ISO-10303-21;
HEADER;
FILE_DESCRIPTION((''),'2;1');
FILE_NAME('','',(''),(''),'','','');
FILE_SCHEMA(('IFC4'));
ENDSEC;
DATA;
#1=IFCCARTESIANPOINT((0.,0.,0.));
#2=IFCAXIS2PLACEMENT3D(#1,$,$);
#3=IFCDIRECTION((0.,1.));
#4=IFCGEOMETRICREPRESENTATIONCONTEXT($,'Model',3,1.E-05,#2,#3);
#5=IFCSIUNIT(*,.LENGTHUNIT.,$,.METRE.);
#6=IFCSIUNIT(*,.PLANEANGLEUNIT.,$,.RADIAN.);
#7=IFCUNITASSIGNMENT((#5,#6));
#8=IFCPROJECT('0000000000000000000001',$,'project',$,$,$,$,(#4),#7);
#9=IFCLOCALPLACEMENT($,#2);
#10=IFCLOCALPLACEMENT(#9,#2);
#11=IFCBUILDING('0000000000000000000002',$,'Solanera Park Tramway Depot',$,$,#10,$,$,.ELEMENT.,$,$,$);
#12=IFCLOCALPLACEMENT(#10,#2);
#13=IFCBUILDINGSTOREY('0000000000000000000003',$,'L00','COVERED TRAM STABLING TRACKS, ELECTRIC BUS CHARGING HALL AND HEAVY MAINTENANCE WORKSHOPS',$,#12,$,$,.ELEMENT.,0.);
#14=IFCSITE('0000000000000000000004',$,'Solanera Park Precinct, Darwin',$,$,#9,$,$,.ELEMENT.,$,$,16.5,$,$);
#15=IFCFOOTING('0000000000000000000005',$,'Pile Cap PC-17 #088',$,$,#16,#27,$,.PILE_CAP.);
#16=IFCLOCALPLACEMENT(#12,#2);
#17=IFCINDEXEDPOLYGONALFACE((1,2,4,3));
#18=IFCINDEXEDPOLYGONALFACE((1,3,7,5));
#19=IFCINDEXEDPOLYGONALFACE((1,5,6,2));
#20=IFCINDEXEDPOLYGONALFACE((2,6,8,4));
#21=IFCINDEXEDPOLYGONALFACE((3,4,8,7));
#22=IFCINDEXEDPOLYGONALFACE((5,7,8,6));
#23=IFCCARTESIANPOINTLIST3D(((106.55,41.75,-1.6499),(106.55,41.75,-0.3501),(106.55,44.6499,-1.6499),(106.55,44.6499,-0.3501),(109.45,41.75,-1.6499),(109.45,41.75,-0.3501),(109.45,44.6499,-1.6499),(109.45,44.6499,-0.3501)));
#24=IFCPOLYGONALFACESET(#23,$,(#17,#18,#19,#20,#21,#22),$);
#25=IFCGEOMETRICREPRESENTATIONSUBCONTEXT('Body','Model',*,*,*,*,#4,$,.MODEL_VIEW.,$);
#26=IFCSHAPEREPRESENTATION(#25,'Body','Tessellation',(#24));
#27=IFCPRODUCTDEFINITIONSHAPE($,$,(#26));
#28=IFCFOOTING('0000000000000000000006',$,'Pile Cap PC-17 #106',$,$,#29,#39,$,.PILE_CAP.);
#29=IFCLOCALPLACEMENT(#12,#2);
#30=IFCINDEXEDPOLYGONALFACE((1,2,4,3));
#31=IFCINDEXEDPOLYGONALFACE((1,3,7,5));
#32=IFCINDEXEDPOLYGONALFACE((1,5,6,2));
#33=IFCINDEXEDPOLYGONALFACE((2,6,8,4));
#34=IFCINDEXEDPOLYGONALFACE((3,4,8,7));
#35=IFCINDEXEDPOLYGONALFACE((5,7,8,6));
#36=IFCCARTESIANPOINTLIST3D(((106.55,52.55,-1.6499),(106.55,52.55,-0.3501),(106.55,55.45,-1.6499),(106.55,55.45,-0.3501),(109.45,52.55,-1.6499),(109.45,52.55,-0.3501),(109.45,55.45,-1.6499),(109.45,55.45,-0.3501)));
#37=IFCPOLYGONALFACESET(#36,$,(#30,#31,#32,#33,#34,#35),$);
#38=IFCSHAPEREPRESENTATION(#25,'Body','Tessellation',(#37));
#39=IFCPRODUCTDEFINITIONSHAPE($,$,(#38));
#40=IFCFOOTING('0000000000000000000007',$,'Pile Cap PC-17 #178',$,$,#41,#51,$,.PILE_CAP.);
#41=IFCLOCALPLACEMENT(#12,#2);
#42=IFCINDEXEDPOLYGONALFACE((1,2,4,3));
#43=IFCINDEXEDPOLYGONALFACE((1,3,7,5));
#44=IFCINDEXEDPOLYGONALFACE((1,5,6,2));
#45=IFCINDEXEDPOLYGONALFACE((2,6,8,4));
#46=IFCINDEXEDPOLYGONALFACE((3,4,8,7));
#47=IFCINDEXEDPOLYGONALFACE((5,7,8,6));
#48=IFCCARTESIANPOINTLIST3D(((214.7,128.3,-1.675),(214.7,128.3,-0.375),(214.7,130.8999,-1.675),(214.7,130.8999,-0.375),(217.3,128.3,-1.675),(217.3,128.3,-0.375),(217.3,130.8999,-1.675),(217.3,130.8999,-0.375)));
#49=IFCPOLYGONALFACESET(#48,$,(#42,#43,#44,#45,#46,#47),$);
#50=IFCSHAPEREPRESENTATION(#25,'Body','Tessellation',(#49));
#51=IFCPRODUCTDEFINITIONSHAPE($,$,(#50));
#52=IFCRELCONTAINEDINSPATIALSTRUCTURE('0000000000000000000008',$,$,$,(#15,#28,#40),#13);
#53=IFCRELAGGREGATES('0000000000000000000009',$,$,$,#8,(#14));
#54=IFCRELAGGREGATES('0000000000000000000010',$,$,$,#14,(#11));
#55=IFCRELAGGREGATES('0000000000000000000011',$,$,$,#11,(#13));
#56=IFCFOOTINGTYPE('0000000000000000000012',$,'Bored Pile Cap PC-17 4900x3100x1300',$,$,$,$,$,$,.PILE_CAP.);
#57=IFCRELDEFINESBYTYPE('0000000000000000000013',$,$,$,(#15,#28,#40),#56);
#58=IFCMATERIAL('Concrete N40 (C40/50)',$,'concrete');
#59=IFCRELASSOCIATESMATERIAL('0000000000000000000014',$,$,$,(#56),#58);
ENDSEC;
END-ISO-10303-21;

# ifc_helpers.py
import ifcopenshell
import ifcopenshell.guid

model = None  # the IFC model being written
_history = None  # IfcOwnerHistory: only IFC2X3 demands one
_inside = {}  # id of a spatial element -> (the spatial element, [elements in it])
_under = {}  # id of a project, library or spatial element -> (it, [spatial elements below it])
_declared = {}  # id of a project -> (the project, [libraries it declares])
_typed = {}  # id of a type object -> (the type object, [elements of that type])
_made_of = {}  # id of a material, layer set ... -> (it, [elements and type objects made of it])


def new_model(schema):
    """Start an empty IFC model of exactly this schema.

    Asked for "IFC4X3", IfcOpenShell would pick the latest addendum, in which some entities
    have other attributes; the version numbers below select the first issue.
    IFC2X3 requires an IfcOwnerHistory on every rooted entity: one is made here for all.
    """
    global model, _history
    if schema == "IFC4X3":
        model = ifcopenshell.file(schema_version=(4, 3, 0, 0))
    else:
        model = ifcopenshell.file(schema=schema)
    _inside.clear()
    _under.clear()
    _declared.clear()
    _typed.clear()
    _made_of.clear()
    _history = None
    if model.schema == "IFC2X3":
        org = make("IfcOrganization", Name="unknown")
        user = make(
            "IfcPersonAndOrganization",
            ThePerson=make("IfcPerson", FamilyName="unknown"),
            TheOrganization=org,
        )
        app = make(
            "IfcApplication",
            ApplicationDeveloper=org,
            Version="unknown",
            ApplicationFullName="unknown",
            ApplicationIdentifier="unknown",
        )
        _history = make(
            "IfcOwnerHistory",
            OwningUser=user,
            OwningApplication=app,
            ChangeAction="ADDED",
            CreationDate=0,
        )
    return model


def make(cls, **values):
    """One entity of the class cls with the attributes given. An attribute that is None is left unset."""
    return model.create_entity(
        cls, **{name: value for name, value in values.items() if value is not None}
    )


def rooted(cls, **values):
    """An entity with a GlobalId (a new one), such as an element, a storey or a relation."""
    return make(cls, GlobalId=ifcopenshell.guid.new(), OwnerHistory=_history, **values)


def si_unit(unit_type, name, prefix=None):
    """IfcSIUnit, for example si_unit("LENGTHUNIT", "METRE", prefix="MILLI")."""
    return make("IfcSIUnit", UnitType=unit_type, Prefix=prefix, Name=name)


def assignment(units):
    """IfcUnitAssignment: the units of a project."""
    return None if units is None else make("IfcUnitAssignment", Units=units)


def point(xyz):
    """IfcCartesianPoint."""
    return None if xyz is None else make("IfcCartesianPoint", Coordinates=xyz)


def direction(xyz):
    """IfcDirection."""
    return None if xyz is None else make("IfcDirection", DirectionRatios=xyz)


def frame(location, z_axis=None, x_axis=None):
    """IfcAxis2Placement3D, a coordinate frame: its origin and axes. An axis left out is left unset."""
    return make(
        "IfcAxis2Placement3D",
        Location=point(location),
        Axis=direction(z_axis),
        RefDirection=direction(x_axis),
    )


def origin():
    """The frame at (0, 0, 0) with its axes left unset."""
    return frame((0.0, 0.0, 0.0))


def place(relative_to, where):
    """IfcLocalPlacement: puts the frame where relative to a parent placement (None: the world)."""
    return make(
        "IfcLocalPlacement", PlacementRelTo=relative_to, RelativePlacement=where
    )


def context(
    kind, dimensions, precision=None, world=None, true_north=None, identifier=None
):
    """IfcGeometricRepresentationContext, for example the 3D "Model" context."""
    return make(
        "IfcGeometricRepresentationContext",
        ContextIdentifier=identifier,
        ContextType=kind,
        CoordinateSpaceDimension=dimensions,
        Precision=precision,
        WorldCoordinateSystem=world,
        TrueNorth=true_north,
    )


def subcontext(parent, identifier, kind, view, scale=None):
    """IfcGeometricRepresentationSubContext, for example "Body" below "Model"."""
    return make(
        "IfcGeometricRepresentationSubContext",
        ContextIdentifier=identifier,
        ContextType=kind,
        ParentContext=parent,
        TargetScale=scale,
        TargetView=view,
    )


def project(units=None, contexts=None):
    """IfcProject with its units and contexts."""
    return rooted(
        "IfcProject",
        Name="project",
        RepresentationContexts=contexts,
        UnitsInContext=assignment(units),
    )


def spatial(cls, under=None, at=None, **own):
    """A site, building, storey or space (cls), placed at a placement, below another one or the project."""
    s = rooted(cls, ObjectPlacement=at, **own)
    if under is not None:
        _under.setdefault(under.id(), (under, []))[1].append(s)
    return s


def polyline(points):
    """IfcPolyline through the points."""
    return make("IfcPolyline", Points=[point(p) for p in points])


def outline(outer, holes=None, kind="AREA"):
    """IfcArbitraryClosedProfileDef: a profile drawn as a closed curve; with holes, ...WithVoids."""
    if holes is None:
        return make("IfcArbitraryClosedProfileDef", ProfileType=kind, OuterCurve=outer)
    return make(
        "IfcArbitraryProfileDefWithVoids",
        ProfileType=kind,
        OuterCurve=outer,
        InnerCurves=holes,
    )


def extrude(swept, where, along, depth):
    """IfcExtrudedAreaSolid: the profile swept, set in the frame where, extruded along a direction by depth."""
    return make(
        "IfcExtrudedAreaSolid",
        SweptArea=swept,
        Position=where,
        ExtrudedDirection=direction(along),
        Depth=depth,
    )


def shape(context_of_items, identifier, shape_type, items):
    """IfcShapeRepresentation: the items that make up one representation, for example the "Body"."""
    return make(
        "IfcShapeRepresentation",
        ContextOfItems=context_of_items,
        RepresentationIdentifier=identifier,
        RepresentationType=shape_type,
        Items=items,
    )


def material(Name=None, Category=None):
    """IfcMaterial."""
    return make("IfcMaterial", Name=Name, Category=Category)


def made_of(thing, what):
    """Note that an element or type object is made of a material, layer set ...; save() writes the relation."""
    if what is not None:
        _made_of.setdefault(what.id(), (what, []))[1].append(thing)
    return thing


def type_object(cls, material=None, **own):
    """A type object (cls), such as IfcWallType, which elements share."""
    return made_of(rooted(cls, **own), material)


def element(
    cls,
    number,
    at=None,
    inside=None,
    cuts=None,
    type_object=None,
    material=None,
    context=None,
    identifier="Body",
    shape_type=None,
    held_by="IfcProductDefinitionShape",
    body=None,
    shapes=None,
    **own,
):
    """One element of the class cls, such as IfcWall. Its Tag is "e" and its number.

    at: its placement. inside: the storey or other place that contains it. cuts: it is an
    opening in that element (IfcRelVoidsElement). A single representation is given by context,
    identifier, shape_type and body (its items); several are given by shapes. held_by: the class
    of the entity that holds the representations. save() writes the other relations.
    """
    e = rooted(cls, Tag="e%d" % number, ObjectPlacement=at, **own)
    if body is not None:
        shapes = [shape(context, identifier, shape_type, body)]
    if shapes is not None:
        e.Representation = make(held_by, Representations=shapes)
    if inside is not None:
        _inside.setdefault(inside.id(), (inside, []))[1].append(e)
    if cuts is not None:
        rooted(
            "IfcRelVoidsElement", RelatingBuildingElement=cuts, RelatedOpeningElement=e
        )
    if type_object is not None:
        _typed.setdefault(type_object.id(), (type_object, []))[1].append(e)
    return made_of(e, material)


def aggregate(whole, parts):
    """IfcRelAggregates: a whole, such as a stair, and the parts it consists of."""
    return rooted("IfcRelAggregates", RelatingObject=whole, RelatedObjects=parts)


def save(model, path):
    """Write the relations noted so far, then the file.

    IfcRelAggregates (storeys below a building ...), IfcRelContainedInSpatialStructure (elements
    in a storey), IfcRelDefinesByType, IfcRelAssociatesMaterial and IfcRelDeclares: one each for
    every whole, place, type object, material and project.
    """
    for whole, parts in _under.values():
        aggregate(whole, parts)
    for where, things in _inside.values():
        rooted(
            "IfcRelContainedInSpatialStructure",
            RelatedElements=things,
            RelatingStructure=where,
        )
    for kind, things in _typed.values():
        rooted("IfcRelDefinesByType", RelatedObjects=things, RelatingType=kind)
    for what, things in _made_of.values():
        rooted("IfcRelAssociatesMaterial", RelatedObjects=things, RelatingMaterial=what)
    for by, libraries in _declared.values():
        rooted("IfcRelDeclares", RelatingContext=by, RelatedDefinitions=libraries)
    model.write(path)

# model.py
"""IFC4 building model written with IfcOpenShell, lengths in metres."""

from ifc_helpers import new_model, si_unit, direction, frame, origin, place, context, subcontext, project, spatial, polyline, outline, extrude, material, type_object, element, save


model = new_model("IFC4")

# Units and contexts
model_context = context("Model", 3, precision=1e-05, world=origin(), true_north=direction((0.0, 1.0)))
body_context = subcontext(model_context, "Body", "Model", "MODEL_VIEW")
ifc_project = project(units=[si_unit("LENGTHUNIT", "METRE"), si_unit("PLANEANGLEUNIT", "RADIAN")], contexts=[model_context])

# Site, building, storey
site_placement = place(None, origin())
site = spatial("IfcSite", under=ifc_project, at=site_placement, Name="Solanera Park Precinct, Darwin", CompositionType="ELEMENT", RefElevation=16.5)
building_placement = place(site_placement, origin())
building = spatial("IfcBuilding", under=site, at=building_placement, Name="Solanera Park Tramway Depot", CompositionType="ELEMENT")
storey_placement = place(building_placement, origin())
storey = spatial("IfcBuildingStorey", under=building, at=storey_placement, Name="L00", Description="COVERED TRAM STABLING TRACKS, ELECTRIC BUS CHARGING HALL AND HEAVY MAINTENANCE WORKSHOPS", CompositionType="ELEMENT", Elevation=0.0)

# Footings
ifc_material_1 = material(Name="Concrete N40 (C40/50)", Category="concrete")
footing_type_1 = type_object("IfcFootingType", Name="Bored Pile Cap PC-17 4900x3100x1300", PredefinedType="PILE_CAP", material=ifc_material_1)
footing_1_placement = place(storey_placement, frame((0.0, 0.0, -1.6499)))
element("IfcFooting", 1, at=footing_1_placement, inside=storey, type_object=footing_type_1, Name="Pile Cap PC-17 #088", PredefinedType="PILE_CAP", context=body_context, shape_type="SweptSolid", body=[
    extrude(outline(polyline([(109.45, 41.75), (109.45, 44.6499), (106.55, 44.6499), (106.55, 41.75), (109.45, 41.75)])), origin(), (0.0, 0.0, 1.0), 1.2998),
])
footing_2_placement = place(storey_placement, frame((0.0, 0.0, -1.6499)))
element("IfcFooting", 2, at=footing_2_placement, inside=storey, type_object=footing_type_1, Name="Pile Cap PC-17 #106", PredefinedType="PILE_CAP", context=body_context, shape_type="SweptSolid", body=[
    extrude(outline(polyline([(109.45, 52.55), (109.45, 55.45), (106.55, 55.45), (106.55, 52.55), (109.45, 52.55)])), origin(), (0.0, 0.0, 1.0), 1.2998),
])
footing_3_placement = place(storey_placement, frame((0.0, 0.0, -1.675)))
element("IfcFooting", 3, at=footing_3_placement, inside=storey, type_object=footing_type_1, Name="Pile Cap PC-17 #178", PredefinedType="PILE_CAP", context=body_context, shape_type="SweptSolid", body=[
    extrude(outline(polyline([(217.3, 128.3), (217.3, 130.8999), (214.7, 130.8999), (214.7, 128.3), (217.3, 128.3)])), origin(), (0.0, 0.0, 1.0), 1.3),
])

save(model, "model.ifc")
